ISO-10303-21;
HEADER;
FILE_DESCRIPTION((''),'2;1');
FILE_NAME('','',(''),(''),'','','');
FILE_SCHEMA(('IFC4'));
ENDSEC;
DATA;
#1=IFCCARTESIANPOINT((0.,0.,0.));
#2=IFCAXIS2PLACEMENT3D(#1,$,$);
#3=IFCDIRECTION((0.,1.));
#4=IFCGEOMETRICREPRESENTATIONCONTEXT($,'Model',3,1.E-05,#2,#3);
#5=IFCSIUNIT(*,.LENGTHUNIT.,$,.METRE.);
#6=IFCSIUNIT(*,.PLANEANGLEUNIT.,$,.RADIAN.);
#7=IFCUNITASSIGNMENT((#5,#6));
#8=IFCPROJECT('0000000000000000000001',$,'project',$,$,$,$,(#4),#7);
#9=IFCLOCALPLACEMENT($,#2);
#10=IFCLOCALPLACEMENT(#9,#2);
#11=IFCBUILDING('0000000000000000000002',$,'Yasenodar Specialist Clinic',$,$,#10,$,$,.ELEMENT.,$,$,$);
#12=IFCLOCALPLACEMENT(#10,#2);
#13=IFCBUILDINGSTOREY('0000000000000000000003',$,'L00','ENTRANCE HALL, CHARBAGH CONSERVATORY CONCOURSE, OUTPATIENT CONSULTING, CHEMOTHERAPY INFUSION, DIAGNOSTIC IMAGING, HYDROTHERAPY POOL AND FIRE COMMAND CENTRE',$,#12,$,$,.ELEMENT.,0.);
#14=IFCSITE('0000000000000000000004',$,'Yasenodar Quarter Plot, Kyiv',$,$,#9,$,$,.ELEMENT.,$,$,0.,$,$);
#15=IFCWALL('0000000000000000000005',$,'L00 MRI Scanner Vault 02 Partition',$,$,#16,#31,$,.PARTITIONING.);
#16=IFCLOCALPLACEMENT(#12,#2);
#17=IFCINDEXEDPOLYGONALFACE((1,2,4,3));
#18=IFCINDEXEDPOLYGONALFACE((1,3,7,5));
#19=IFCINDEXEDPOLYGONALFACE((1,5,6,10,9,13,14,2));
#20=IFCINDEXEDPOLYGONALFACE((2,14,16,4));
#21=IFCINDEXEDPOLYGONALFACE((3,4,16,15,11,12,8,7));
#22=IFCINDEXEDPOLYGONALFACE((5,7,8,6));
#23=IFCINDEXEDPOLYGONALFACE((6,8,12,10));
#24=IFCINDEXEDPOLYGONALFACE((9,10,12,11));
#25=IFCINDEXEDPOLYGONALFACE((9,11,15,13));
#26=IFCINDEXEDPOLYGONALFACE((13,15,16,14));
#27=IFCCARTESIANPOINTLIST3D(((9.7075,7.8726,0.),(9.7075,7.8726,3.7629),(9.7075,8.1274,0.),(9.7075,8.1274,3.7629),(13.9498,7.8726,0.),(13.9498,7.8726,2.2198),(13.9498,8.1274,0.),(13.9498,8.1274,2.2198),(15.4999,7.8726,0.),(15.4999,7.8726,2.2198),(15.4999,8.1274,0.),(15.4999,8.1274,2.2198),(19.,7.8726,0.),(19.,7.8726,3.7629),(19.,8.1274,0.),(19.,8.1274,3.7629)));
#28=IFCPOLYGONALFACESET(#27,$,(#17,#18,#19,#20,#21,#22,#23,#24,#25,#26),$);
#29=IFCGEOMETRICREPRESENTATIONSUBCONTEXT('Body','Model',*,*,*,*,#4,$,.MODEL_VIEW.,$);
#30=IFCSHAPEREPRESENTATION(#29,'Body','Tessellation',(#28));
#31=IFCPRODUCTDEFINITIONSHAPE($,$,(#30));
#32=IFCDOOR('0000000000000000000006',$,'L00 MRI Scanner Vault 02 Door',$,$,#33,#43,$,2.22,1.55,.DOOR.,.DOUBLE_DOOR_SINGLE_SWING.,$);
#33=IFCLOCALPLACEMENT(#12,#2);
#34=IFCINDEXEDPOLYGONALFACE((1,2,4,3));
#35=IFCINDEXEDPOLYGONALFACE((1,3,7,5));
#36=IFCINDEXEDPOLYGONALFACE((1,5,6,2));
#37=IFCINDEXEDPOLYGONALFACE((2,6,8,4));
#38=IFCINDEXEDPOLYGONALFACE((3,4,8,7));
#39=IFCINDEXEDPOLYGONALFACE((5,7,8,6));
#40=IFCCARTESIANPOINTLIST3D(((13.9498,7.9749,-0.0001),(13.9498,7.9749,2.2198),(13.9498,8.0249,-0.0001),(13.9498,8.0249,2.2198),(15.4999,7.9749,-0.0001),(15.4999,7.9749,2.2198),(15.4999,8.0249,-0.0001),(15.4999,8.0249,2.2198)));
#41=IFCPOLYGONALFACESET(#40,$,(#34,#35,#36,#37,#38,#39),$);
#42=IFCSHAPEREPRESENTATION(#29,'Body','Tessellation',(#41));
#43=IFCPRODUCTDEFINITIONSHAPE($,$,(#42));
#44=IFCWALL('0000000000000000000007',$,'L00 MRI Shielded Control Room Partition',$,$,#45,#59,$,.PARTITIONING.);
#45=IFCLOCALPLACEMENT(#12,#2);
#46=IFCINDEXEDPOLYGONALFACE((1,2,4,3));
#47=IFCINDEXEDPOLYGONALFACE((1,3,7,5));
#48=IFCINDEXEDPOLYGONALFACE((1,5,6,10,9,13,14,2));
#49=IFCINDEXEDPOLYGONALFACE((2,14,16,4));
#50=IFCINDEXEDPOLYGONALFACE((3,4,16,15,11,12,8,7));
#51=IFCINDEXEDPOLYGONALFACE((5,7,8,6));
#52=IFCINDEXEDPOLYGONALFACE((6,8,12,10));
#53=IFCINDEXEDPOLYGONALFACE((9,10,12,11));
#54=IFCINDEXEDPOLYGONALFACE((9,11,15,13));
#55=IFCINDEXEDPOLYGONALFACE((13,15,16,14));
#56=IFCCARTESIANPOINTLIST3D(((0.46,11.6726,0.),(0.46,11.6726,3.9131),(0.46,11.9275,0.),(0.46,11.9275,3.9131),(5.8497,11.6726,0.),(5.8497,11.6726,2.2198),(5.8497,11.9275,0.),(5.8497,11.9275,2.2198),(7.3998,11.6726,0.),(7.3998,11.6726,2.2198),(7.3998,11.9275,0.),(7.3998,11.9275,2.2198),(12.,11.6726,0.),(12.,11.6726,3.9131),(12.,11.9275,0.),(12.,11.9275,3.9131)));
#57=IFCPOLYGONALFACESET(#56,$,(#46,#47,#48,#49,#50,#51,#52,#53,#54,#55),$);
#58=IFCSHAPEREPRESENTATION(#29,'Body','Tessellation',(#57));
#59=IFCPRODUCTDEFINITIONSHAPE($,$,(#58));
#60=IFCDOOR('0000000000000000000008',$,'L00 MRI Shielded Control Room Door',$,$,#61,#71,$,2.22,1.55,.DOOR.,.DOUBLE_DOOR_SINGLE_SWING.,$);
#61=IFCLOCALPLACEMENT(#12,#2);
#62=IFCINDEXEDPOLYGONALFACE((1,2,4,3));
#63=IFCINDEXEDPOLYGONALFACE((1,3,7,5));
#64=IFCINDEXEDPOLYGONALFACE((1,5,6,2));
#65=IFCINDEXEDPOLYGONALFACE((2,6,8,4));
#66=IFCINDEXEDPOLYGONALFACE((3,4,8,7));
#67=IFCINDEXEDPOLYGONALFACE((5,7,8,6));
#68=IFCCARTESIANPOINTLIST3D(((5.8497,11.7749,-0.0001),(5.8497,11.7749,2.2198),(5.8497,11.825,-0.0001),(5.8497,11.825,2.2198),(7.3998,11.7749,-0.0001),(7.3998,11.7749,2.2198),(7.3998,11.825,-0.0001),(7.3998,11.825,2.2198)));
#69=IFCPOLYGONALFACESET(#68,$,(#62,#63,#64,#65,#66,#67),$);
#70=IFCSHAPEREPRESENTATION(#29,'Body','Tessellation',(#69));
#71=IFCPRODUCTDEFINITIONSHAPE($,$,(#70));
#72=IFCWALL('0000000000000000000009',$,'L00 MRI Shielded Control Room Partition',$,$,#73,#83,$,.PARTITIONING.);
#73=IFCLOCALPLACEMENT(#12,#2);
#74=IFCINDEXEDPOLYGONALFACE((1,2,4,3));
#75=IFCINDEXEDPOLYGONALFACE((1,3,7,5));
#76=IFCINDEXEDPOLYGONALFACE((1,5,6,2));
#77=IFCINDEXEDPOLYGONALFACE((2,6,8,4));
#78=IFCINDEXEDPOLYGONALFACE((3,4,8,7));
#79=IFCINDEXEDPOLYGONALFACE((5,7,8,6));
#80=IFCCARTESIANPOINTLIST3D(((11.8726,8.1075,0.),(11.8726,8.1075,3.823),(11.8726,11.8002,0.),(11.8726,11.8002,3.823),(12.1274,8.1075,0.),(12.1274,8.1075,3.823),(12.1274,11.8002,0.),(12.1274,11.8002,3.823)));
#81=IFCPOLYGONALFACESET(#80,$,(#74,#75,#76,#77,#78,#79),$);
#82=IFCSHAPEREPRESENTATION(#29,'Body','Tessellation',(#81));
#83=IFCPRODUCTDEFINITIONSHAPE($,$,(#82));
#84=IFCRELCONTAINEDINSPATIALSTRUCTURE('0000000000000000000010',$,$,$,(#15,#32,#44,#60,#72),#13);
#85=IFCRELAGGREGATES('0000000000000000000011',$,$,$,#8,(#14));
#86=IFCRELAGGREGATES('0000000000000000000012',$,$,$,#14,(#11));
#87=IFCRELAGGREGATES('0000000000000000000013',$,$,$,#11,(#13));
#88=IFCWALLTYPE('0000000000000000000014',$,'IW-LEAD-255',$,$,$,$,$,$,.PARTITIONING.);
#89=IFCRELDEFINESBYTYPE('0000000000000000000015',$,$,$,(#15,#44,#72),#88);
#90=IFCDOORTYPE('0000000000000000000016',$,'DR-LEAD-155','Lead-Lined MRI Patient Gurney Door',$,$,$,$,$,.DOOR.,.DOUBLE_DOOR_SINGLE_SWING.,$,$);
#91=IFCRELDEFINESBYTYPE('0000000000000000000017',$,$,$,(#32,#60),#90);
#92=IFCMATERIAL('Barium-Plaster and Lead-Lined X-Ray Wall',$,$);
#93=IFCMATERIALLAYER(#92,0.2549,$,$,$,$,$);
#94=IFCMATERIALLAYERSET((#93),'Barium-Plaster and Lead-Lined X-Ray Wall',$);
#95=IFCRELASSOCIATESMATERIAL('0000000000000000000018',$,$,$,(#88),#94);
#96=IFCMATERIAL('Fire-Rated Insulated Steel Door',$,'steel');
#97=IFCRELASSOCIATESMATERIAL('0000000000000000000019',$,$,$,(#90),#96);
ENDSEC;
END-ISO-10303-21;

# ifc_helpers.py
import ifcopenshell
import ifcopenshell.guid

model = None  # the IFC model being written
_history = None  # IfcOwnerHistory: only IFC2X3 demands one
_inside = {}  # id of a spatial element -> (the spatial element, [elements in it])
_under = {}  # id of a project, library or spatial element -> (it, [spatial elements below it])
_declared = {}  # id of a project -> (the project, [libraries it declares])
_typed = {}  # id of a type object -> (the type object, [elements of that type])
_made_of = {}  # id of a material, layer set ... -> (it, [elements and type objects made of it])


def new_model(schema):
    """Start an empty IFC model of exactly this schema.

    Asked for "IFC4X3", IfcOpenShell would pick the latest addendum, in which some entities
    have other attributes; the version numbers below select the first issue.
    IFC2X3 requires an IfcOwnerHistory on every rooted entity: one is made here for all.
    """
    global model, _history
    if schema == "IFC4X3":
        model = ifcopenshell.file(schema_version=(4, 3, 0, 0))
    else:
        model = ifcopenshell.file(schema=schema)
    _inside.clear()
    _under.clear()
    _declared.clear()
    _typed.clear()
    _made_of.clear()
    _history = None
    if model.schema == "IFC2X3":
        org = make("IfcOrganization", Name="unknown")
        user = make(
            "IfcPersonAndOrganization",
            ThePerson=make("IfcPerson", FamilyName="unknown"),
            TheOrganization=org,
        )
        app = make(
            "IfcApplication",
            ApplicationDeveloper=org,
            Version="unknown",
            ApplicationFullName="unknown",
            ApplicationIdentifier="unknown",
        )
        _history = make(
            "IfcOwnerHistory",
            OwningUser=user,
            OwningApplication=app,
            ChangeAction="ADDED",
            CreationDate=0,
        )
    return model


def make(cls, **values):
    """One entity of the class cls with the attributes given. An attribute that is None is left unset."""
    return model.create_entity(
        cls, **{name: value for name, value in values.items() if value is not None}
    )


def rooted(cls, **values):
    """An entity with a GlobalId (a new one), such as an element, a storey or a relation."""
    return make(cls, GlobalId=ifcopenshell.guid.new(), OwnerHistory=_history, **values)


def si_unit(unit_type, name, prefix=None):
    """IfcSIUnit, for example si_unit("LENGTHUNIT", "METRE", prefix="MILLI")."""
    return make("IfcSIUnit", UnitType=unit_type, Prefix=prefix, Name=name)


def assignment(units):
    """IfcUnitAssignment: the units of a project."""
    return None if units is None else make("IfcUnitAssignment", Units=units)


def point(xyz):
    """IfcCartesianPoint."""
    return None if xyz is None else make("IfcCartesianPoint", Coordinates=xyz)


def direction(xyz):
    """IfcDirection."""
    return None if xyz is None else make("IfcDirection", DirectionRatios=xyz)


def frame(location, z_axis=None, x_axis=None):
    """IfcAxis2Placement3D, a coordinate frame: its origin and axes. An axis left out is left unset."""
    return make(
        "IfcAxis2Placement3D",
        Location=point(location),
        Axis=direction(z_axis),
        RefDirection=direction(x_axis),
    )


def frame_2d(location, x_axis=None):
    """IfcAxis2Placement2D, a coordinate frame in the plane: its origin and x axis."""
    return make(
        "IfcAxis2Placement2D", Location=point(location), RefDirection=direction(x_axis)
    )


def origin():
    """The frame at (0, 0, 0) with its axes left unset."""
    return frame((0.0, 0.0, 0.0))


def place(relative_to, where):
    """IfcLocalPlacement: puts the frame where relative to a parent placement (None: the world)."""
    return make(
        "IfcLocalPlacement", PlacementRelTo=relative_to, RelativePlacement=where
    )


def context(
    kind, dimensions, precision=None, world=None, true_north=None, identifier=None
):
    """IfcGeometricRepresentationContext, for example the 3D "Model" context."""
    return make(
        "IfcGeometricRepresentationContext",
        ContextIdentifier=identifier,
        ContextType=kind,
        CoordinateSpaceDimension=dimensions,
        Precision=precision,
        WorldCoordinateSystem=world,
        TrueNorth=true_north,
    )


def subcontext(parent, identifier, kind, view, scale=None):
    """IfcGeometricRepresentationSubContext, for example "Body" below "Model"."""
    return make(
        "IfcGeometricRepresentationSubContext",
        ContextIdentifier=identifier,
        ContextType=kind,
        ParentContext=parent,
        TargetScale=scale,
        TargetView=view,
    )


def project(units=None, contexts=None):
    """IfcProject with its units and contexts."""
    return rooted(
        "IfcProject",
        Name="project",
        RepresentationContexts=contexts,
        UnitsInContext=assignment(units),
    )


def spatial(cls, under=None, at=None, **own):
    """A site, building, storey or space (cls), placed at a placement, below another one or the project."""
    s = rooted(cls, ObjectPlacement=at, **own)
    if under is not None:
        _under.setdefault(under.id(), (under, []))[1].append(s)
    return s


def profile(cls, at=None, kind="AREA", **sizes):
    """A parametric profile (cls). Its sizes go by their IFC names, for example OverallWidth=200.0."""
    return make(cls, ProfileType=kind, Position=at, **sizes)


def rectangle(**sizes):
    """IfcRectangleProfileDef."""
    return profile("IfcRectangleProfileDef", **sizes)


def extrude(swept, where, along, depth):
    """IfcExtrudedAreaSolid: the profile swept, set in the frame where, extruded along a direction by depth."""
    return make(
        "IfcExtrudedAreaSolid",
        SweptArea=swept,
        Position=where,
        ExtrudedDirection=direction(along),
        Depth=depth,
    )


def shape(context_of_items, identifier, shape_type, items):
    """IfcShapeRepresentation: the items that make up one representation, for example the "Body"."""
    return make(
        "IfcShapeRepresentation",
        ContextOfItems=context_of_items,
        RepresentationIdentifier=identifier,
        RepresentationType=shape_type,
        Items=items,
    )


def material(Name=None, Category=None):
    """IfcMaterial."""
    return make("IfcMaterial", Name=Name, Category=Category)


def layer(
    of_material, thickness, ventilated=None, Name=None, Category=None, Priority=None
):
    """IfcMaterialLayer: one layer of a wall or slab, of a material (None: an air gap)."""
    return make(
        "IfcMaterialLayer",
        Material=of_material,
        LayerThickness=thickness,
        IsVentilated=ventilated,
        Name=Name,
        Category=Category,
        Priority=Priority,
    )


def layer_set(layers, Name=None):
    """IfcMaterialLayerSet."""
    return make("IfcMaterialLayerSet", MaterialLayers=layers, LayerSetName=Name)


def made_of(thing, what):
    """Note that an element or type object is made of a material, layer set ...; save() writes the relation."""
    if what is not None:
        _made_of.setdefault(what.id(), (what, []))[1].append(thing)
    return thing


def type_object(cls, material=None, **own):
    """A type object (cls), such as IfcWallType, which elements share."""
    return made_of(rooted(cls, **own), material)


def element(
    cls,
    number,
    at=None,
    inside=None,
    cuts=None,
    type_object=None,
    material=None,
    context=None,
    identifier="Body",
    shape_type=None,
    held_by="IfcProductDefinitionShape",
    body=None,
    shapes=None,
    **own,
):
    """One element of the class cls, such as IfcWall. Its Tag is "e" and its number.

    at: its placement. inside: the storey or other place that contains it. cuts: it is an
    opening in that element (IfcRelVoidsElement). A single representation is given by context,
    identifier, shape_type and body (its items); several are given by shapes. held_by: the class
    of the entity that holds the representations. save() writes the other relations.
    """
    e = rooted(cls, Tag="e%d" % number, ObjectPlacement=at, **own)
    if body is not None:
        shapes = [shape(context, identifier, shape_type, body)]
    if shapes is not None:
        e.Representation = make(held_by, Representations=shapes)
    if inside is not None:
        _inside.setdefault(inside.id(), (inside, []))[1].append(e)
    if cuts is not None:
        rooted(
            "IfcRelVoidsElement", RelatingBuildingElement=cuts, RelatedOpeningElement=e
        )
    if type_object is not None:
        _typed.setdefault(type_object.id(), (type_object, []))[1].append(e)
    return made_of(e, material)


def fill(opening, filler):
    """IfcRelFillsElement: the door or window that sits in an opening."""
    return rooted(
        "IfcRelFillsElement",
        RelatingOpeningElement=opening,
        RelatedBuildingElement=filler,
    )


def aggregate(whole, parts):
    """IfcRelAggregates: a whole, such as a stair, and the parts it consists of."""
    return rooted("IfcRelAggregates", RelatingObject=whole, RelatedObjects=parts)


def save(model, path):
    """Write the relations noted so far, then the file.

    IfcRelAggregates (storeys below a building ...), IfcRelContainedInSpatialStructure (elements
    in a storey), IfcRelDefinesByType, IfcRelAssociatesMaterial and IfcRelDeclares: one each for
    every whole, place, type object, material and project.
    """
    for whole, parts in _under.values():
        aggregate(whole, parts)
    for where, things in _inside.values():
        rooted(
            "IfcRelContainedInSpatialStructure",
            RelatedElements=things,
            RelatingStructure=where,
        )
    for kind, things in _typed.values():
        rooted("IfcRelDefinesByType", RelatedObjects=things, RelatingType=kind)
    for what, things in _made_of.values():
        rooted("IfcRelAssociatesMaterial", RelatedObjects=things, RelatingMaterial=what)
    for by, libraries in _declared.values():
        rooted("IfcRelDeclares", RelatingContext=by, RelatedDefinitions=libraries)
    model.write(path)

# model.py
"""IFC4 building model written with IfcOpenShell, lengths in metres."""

from ifc_helpers import new_model, si_unit, direction, frame, frame_2d, origin, place, context, subcontext, project, spatial, rectangle, extrude, material, layer, layer_set, type_object, element, fill, save


model = new_model("IFC4")

# Units and contexts
model_context = context("Model", 3, precision=1e-05, world=origin(), true_north=direction((0.0, 1.0)))
body_context = subcontext(model_context, "Body", "Model", "MODEL_VIEW")
ifc_project = project(units=[si_unit("LENGTHUNIT", "METRE"), si_unit("PLANEANGLEUNIT", "RADIAN")], contexts=[model_context])

# Site, building, storey
site_placement = place(None, origin())
site = spatial("IfcSite", under=ifc_project, at=site_placement, Name="Yasenodar Quarter Plot, Kyiv", CompositionType="ELEMENT", RefElevation=0.0)
building_placement = place(site_placement, origin())
building = spatial("IfcBuilding", under=site, at=building_placement, Name="Yasenodar Specialist Clinic", CompositionType="ELEMENT")
storey_placement = place(building_placement, origin())
storey = spatial("IfcBuildingStorey", under=building, at=storey_placement, Name="L00", Description="ENTRANCE HALL, CHARBAGH CONSERVATORY CONCOURSE, OUTPATIENT CONSULTING, CHEMOTHERAPY INFUSION, DIAGNOSTIC IMAGING, HYDROTHERAPY POOL AND FIRE COMMAND CENTRE", CompositionType="ELEMENT", Elevation=0.0)

# Shared definitions
ifc_material_1 = material(Name="Barium-Plaster and Lead-Lined X-Ray Wall")
ifc_layer_1 = layer(ifc_material_1, 0.2549)
ifc_layer_set_1 = layer_set([ifc_layer_1], Name="Barium-Plaster and Lead-Lined X-Ray Wall")
wall_type_1 = type_object("IfcWallType", Name="IW-LEAD-255", PredefinedType="PARTITIONING", material=ifc_layer_set_1)
ifc_material_2 = material(Name="Fire-Rated Insulated Steel Door", Category="steel")
door_type_1 = type_object("IfcDoorType", Name="DR-LEAD-155", Description="Lead-Lined MRI Patient Gurney Door", OperationType="DOUBLE_DOOR_SINGLE_SWING", PredefinedType="DOOR", material=ifc_material_2)

# Walls, openings, doors
wall_1_placement = place(storey_placement, frame((9.7075, 8.0, 0.0), z_axis=(0.0, 0.0, 1.0), x_axis=(1.0, 0.0, 0.0)))
wall_1 = element("IfcWall", 1, at=wall_1_placement, inside=storey, type_object=wall_type_1, Name="L00 MRI Scanner Vault 02 Partition", PredefinedType="PARTITIONING", context=body_context, shape_type="SweptSolid", body=[
    extrude(rectangle(XDim=9.2925, YDim=0.2549, at=frame_2d((4.6462, 0.0))), origin(), (0.0, 0.0, 1.0), 3.7629),
])
opening_1_placement = place(wall_1_placement, frame((4.2424, 0.0, 0.0)))
opening_1 = element("IfcOpeningElement", 2, at=opening_1_placement, cuts=wall_1, PredefinedType="OPENING", context=body_context, shape_type="SweptSolid", body=[
    extrude(rectangle(XDim=1.55, YDim=2.22, at=frame_2d((0.7749, 1.1099))), frame((0.0, 0.1375, 0.0), z_axis=(0.0, -1.0, 0.0), x_axis=(1.0, 0.0, 0.0)), (0.0, 0.0, 1.0), 0.2749),
])
door_1_placement = place(opening_1_placement, origin())
door_1 = element("IfcDoor", 3, at=door_1_placement, inside=storey, type_object=door_type_1, Name="L00 MRI Scanner Vault 02 Door", OperationType="DOUBLE_DOOR_SINGLE_SWING", OverallHeight=2.22, OverallWidth=1.55, PredefinedType="DOOR", context=body_context, shape_type="SweptSolid", body=[
    extrude(rectangle(XDim=1.55, YDim=2.22, at=frame_2d((0.7749, 1.1099))), frame((0.0, 0.0249, 0.0), z_axis=(0.0, -1.0, 0.0), x_axis=(1.0, 0.0, 0.0)), (0.0, 0.0, 1.0), 0.05),
])
fill(opening_1, door_1)
wall_2_placement = place(storey_placement, frame((0.46, 11.8, 0.0), z_axis=(0.0, 0.0, 1.0), x_axis=(1.0, 0.0, 0.0)))
wall_2 = element("IfcWall", 4, at=wall_2_placement, inside=storey, type_object=wall_type_1, Name="L00 MRI Shielded Control Room Partition", PredefinedType="PARTITIONING", context=body_context, shape_type="SweptSolid", body=[
    extrude(rectangle(XDim=11.54, YDim=0.2549, at=frame_2d((5.77, 0.0))), origin(), (0.0, 0.0, 1.0), 3.9131),
])
opening_2_placement = place(wall_2_placement, frame((5.3899, 0.0, 0.0)))
opening_2 = element("IfcOpeningElement", 5, at=opening_2_placement, cuts=wall_2, PredefinedType="OPENING", context=body_context, shape_type="SweptSolid", body=[
    extrude(rectangle(XDim=1.55, YDim=2.22, at=frame_2d((0.7749, 1.1099))), frame((0.0, 0.1375, 0.0), z_axis=(0.0, -1.0, 0.0), x_axis=(1.0, 0.0, 0.0)), (0.0, 0.0, 1.0), 0.2749),
])
door_2_placement = place(opening_2_placement, origin())
door_2 = element("IfcDoor", 6, at=door_2_placement, inside=storey, type_object=door_type_1, Name="L00 MRI Shielded Control Room Door", OperationType="DOUBLE_DOOR_SINGLE_SWING", OverallHeight=2.22, OverallWidth=1.55, PredefinedType="DOOR", context=body_context, shape_type="SweptSolid", body=[
    extrude(rectangle(XDim=1.55, YDim=2.22, at=frame_2d((0.7749, 1.1099))), frame((0.0, 0.0249, 0.0), z_axis=(0.0, -1.0, 0.0), x_axis=(1.0, 0.0, 0.0)), (0.0, 0.0, 1.0), 0.05),
])
fill(opening_2, door_2)

# Wall
wall_3_placement = place(storey_placement, frame((12.0, 11.8, 0.0), z_axis=(0.0, 0.0, 1.0), x_axis=(0.0, -1.0, 0.0)))
element("IfcWall", 7, at=wall_3_placement, inside=storey, type_object=wall_type_1, Name="L00 MRI Shielded Control Room Partition", PredefinedType="PARTITIONING", context=body_context, shape_type="SweptSolid", body=[
    extrude(rectangle(XDim=3.6926, YDim=0.2549, at=frame_2d((1.8462, 0.0))), origin(), (0.0, 0.0, 1.0), 3.823),
])

save(model, "model.ifc")
